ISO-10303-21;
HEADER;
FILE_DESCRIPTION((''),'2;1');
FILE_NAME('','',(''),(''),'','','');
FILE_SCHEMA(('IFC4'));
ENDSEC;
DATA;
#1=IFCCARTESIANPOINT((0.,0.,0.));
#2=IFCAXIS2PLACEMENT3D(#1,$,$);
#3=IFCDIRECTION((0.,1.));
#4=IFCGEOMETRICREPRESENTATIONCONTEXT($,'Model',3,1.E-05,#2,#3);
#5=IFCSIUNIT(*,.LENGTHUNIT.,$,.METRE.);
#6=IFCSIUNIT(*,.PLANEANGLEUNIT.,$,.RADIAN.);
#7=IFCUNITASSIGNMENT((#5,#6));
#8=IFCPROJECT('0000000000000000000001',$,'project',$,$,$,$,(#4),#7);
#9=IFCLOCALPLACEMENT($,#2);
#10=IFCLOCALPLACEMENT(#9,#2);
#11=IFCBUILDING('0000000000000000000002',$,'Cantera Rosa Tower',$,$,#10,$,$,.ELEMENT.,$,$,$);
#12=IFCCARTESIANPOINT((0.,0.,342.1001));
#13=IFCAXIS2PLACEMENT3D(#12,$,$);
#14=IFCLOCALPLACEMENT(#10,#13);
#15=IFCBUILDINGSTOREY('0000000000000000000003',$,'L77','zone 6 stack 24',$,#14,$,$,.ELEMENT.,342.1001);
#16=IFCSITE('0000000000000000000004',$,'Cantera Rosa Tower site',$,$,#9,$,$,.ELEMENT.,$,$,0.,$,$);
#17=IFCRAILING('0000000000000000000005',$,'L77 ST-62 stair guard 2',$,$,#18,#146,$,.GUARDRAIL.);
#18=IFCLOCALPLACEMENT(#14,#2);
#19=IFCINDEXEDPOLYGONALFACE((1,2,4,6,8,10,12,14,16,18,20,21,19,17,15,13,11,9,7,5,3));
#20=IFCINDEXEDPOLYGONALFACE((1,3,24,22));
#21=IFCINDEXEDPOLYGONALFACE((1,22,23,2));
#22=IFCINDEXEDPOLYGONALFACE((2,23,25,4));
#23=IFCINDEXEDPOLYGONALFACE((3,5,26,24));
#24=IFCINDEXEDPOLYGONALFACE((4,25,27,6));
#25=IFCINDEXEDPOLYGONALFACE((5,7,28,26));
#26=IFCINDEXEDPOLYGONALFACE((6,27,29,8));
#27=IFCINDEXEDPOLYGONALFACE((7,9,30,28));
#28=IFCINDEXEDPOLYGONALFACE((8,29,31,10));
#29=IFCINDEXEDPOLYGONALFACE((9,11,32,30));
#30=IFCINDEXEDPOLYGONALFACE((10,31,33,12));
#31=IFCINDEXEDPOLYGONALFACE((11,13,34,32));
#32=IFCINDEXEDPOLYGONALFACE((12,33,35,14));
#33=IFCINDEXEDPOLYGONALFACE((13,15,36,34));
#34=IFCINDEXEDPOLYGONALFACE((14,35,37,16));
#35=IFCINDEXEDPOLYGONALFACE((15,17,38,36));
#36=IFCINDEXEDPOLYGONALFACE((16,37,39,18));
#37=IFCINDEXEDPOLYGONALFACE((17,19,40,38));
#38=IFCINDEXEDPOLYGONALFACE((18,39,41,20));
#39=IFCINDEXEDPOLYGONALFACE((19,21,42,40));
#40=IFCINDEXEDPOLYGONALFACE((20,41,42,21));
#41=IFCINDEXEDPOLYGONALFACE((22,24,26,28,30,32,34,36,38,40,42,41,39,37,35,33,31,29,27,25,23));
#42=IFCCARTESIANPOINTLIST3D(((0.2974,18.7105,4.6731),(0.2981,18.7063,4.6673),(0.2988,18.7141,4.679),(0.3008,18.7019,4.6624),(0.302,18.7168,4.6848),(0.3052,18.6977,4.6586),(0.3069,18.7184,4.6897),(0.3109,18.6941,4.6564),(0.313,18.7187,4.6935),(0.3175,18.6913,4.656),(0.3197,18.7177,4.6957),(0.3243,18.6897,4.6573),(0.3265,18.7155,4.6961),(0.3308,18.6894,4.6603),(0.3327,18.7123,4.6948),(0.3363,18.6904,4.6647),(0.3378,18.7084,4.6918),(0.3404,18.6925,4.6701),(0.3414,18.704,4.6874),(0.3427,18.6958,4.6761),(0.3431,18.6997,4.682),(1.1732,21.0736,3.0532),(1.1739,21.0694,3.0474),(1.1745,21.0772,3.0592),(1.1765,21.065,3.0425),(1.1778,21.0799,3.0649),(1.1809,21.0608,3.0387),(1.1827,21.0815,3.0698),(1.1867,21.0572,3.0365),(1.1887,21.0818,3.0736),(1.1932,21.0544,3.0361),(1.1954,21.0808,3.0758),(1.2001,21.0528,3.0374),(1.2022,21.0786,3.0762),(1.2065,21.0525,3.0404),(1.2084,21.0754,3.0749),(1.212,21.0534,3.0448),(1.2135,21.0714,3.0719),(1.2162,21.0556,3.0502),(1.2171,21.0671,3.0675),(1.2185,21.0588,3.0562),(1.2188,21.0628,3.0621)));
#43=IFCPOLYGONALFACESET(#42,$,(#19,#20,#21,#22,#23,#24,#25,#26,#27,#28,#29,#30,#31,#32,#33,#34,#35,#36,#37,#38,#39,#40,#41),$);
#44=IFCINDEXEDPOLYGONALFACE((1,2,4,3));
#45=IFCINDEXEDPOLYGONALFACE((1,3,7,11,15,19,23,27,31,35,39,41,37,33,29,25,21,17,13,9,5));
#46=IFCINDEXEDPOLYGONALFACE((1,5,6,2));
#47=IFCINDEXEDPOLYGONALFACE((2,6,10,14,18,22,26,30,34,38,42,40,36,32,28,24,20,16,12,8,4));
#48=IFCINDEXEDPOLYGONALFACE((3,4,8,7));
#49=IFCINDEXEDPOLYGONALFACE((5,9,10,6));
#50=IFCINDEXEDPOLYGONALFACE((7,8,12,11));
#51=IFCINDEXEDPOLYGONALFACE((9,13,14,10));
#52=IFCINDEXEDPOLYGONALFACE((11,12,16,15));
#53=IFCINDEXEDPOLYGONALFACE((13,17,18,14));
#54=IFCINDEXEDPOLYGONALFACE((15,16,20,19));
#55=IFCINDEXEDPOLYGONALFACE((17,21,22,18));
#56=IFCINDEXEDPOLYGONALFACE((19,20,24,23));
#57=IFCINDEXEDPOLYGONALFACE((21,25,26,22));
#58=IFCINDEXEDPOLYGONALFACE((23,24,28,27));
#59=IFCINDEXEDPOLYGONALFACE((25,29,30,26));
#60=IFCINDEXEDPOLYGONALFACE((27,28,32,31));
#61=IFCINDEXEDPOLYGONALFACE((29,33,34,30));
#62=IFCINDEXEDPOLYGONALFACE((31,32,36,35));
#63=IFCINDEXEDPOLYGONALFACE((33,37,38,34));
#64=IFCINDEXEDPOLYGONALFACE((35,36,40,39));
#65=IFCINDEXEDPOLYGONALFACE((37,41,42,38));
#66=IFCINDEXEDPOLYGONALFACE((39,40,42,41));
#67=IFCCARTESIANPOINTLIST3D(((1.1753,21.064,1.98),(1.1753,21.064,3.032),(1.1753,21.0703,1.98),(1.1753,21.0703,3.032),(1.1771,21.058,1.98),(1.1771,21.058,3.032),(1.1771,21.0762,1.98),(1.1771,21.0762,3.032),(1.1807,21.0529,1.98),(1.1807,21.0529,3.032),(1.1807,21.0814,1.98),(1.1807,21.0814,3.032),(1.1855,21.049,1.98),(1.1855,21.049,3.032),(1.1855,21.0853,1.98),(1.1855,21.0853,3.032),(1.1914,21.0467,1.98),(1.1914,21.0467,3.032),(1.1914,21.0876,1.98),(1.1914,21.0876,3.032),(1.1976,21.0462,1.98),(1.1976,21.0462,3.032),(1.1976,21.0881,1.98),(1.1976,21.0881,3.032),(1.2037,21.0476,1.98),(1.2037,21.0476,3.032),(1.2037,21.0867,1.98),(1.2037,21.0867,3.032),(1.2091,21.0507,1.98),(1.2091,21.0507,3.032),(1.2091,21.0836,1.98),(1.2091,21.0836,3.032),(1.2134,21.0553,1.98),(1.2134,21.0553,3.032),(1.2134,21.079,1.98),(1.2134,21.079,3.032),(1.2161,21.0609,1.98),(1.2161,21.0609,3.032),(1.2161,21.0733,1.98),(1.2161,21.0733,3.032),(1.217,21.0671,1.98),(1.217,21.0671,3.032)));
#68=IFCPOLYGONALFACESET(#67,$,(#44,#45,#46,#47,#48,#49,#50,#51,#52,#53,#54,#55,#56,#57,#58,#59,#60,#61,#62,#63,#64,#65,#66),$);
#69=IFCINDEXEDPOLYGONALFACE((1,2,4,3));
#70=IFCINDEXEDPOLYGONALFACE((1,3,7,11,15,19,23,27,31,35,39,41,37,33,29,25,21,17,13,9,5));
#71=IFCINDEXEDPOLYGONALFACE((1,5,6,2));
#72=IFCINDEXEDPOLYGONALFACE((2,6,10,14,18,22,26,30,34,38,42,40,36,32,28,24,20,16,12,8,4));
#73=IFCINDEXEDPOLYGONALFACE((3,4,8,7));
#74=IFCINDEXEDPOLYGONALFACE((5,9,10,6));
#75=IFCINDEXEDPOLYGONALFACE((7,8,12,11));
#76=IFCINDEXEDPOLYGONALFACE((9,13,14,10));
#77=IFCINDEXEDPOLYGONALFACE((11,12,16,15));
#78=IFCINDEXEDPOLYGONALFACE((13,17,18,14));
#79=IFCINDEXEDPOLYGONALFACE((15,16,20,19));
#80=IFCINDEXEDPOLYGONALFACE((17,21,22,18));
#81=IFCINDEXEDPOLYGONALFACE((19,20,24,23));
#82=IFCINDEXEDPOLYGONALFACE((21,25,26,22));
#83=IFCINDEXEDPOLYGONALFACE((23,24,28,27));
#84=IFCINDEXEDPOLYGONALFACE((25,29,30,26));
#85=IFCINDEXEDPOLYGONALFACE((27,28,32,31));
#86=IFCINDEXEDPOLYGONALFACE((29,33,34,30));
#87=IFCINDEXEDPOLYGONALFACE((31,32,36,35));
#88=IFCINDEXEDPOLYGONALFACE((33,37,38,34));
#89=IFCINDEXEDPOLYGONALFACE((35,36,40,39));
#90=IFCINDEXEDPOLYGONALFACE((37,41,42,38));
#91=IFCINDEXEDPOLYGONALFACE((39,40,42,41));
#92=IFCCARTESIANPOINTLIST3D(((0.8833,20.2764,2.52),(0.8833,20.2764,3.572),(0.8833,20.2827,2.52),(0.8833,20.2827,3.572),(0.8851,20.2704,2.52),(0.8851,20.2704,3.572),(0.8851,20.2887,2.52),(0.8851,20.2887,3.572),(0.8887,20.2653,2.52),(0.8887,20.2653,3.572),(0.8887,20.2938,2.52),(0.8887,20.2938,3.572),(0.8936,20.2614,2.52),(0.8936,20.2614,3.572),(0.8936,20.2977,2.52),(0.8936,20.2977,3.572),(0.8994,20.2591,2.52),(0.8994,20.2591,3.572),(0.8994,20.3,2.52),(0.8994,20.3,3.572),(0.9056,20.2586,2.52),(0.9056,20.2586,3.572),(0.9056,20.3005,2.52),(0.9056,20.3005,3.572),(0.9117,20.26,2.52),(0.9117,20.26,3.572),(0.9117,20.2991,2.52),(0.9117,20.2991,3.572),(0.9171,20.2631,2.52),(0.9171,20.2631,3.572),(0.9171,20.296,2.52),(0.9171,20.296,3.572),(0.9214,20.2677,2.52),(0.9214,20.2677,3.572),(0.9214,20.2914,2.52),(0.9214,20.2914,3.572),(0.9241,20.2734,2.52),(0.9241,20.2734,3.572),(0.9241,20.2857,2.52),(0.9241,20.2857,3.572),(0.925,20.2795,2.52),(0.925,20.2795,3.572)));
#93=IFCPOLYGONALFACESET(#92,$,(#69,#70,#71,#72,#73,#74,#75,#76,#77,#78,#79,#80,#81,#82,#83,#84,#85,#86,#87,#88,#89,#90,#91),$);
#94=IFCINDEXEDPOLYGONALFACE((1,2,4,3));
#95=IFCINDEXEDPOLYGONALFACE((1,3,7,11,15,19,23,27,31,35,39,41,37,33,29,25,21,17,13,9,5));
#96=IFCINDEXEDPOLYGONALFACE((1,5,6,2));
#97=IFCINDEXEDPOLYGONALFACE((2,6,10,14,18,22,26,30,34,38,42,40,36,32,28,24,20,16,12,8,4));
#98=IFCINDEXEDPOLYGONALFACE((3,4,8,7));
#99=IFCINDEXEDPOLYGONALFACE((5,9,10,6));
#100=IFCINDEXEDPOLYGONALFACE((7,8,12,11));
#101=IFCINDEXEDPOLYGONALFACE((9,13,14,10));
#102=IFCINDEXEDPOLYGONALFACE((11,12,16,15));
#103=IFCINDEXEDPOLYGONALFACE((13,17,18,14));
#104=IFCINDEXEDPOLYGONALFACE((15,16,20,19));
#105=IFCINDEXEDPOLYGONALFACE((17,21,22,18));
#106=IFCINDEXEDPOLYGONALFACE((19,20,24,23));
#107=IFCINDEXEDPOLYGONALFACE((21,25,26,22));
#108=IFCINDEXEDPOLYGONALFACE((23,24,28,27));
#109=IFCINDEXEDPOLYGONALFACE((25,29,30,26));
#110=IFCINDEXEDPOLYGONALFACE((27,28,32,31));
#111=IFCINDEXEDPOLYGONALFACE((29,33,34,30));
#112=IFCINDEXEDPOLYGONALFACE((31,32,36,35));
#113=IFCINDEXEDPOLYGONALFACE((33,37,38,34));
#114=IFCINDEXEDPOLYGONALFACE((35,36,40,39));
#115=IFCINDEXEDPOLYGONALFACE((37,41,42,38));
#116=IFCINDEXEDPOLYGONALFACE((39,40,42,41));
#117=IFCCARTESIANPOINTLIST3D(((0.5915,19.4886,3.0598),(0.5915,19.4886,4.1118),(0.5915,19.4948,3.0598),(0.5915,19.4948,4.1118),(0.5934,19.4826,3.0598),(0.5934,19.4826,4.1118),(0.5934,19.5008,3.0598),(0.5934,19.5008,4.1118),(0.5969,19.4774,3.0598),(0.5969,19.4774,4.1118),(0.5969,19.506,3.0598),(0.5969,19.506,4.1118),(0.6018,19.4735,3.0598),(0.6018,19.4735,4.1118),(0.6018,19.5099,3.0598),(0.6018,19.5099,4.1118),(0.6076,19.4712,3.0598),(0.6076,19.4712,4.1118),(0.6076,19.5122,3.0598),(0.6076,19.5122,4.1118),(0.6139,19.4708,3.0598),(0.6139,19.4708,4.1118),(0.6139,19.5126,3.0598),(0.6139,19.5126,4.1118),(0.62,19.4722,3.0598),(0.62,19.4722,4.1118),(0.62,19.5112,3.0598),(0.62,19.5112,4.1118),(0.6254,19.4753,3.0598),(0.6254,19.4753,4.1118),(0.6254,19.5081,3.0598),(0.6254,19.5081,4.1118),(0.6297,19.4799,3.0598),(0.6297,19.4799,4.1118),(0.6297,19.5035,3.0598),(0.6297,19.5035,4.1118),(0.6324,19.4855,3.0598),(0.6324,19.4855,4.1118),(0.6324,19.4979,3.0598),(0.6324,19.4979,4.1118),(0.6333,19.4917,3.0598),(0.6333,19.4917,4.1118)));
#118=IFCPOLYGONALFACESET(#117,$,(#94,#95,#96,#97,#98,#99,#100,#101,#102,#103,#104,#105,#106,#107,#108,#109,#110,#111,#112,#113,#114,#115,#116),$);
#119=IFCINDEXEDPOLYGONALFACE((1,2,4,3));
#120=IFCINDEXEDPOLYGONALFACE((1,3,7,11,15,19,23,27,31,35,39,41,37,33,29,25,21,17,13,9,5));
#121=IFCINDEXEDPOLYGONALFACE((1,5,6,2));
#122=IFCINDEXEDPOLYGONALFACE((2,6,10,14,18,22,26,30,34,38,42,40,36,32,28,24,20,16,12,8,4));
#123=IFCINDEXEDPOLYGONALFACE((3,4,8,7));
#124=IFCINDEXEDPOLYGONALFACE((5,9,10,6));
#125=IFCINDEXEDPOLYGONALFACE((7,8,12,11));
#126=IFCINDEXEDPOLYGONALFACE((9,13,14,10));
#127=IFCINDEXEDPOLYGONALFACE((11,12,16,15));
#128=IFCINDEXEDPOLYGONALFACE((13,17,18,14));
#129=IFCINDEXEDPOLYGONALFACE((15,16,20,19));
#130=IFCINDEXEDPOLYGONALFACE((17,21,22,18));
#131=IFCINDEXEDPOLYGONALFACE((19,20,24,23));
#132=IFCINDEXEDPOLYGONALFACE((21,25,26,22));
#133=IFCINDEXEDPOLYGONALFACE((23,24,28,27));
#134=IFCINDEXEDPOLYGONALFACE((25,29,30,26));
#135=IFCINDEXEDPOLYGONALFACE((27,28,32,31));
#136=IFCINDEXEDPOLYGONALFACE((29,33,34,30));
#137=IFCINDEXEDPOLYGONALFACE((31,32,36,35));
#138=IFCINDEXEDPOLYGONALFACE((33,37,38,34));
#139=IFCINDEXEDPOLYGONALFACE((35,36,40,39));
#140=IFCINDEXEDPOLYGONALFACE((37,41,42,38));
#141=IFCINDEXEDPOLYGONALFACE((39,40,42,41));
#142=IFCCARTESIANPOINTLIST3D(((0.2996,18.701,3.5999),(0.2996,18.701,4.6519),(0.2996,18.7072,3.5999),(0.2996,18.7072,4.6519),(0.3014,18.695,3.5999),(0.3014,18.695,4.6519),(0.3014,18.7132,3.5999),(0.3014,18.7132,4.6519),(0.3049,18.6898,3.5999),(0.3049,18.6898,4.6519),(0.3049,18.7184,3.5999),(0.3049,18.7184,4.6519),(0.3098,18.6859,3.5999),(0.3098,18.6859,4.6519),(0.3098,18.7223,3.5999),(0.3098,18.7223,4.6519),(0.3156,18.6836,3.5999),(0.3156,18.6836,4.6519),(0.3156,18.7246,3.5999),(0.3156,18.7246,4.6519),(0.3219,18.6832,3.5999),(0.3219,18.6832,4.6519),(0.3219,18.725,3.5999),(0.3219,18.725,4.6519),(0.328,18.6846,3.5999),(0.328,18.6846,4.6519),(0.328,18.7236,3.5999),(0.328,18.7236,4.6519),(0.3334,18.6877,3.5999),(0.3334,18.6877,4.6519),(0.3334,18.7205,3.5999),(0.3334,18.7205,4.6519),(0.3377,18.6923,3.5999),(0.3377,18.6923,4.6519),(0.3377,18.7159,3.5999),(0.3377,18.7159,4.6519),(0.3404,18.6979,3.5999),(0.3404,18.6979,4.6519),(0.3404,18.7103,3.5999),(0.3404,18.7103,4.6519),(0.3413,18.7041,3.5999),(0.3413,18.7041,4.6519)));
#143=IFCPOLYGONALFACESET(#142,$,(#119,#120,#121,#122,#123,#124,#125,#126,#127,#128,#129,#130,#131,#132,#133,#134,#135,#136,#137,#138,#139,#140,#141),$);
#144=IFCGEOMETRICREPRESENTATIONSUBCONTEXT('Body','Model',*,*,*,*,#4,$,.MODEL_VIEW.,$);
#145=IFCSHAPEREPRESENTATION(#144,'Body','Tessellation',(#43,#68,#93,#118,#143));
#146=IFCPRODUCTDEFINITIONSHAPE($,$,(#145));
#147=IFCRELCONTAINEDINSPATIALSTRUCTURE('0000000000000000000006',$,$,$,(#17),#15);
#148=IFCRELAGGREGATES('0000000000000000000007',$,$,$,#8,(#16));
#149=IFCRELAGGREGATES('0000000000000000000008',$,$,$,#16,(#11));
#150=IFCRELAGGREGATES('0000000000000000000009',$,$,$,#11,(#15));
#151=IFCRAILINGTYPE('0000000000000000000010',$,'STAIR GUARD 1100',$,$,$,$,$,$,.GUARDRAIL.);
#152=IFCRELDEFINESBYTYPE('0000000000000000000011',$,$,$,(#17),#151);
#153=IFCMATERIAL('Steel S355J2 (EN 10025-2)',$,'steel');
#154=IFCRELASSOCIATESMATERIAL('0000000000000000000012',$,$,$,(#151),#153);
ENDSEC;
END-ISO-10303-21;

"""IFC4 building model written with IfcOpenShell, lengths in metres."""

from ifc_helpers import new_model, si_unit, direction, frame, origin, origin_2d, place, context, subcontext, project, spatial, circle, extrude, material, type_object, element, save


model = new_model("IFC4")

# Units and contexts
model_context = context("Model", 3, precision=1e-05, world=origin(), true_north=direction((0.0, 1.0)))
body_context = subcontext(model_context, "Body", "Model", "MODEL_VIEW")
ifc_project = project(units=[si_unit("LENGTHUNIT", "METRE"), si_unit("PLANEANGLEUNIT", "RADIAN")], contexts=[model_context])

# Site, building, storey
site_placement = place(None, origin())
site = spatial("IfcSite", under=ifc_project, at=site_placement, Name="Cantera Rosa Tower site", CompositionType="ELEMENT", RefElevation=0.0)
building_placement = place(site_placement, origin())
building = spatial("IfcBuilding", under=site, at=building_placement, Name="Cantera Rosa Tower", CompositionType="ELEMENT")
storey_placement = place(building_placement, frame((0.0, 0.0, 342.1001)))
storey = spatial("IfcBuildingStorey", under=building, at=storey_placement, Name="L77", Description="zone 6 stack 24", CompositionType="ELEMENT", Elevation=342.1001)

# Railing
ifc_material_1 = material(Name="Steel S355J2 (EN 10025-2)", Category="steel")
railing_type_1 = type_object("IfcRailingType", Name="STAIR GUARD 1100", PredefinedType="GUARDRAIL", material=ifc_material_1)
railing_1_placement = place(storey_placement, frame((1.196, 21.0671, 1.98)))
element("IfcRailing", 1, at=railing_1_placement, inside=storey, type_object=railing_type_1, Name="L77 ST-62 stair guard 2", PredefinedType="GUARDRAIL", context=body_context, shape_type="SweptSolid", body=[
    extrude(circle(Radius=0.0239, at=origin_2d()), frame((0.0, 0.0, 1.0762), z_axis=(-0.29232, -0.788782, 0.540714), x_axis=(0.93768, -0.347501, 0.0)), (0.0, 0.0, 1.0), 2.9958),
    extrude(circle(Radius=0.021, at=origin_2d()), origin(), (0.0, 0.0, 1.0), 1.052),
    extrude(circle(Radius=0.021, at=origin_2d()), frame((-0.292, -0.7876, 0.54)), (0.0, 0.0, 1.0), 1.052),
    extrude(circle(Radius=0.021, at=origin_2d()), frame((-0.5837, -1.5754, 1.0798)), (0.0, 0.0, 1.0), 1.052),
    extrude(circle(Radius=0.021, at=origin_2d()), frame((-0.8757, -2.363, 1.6199)), (0.0, 0.0, 1.0), 1.052),
])

save(model, "model.ifc")
